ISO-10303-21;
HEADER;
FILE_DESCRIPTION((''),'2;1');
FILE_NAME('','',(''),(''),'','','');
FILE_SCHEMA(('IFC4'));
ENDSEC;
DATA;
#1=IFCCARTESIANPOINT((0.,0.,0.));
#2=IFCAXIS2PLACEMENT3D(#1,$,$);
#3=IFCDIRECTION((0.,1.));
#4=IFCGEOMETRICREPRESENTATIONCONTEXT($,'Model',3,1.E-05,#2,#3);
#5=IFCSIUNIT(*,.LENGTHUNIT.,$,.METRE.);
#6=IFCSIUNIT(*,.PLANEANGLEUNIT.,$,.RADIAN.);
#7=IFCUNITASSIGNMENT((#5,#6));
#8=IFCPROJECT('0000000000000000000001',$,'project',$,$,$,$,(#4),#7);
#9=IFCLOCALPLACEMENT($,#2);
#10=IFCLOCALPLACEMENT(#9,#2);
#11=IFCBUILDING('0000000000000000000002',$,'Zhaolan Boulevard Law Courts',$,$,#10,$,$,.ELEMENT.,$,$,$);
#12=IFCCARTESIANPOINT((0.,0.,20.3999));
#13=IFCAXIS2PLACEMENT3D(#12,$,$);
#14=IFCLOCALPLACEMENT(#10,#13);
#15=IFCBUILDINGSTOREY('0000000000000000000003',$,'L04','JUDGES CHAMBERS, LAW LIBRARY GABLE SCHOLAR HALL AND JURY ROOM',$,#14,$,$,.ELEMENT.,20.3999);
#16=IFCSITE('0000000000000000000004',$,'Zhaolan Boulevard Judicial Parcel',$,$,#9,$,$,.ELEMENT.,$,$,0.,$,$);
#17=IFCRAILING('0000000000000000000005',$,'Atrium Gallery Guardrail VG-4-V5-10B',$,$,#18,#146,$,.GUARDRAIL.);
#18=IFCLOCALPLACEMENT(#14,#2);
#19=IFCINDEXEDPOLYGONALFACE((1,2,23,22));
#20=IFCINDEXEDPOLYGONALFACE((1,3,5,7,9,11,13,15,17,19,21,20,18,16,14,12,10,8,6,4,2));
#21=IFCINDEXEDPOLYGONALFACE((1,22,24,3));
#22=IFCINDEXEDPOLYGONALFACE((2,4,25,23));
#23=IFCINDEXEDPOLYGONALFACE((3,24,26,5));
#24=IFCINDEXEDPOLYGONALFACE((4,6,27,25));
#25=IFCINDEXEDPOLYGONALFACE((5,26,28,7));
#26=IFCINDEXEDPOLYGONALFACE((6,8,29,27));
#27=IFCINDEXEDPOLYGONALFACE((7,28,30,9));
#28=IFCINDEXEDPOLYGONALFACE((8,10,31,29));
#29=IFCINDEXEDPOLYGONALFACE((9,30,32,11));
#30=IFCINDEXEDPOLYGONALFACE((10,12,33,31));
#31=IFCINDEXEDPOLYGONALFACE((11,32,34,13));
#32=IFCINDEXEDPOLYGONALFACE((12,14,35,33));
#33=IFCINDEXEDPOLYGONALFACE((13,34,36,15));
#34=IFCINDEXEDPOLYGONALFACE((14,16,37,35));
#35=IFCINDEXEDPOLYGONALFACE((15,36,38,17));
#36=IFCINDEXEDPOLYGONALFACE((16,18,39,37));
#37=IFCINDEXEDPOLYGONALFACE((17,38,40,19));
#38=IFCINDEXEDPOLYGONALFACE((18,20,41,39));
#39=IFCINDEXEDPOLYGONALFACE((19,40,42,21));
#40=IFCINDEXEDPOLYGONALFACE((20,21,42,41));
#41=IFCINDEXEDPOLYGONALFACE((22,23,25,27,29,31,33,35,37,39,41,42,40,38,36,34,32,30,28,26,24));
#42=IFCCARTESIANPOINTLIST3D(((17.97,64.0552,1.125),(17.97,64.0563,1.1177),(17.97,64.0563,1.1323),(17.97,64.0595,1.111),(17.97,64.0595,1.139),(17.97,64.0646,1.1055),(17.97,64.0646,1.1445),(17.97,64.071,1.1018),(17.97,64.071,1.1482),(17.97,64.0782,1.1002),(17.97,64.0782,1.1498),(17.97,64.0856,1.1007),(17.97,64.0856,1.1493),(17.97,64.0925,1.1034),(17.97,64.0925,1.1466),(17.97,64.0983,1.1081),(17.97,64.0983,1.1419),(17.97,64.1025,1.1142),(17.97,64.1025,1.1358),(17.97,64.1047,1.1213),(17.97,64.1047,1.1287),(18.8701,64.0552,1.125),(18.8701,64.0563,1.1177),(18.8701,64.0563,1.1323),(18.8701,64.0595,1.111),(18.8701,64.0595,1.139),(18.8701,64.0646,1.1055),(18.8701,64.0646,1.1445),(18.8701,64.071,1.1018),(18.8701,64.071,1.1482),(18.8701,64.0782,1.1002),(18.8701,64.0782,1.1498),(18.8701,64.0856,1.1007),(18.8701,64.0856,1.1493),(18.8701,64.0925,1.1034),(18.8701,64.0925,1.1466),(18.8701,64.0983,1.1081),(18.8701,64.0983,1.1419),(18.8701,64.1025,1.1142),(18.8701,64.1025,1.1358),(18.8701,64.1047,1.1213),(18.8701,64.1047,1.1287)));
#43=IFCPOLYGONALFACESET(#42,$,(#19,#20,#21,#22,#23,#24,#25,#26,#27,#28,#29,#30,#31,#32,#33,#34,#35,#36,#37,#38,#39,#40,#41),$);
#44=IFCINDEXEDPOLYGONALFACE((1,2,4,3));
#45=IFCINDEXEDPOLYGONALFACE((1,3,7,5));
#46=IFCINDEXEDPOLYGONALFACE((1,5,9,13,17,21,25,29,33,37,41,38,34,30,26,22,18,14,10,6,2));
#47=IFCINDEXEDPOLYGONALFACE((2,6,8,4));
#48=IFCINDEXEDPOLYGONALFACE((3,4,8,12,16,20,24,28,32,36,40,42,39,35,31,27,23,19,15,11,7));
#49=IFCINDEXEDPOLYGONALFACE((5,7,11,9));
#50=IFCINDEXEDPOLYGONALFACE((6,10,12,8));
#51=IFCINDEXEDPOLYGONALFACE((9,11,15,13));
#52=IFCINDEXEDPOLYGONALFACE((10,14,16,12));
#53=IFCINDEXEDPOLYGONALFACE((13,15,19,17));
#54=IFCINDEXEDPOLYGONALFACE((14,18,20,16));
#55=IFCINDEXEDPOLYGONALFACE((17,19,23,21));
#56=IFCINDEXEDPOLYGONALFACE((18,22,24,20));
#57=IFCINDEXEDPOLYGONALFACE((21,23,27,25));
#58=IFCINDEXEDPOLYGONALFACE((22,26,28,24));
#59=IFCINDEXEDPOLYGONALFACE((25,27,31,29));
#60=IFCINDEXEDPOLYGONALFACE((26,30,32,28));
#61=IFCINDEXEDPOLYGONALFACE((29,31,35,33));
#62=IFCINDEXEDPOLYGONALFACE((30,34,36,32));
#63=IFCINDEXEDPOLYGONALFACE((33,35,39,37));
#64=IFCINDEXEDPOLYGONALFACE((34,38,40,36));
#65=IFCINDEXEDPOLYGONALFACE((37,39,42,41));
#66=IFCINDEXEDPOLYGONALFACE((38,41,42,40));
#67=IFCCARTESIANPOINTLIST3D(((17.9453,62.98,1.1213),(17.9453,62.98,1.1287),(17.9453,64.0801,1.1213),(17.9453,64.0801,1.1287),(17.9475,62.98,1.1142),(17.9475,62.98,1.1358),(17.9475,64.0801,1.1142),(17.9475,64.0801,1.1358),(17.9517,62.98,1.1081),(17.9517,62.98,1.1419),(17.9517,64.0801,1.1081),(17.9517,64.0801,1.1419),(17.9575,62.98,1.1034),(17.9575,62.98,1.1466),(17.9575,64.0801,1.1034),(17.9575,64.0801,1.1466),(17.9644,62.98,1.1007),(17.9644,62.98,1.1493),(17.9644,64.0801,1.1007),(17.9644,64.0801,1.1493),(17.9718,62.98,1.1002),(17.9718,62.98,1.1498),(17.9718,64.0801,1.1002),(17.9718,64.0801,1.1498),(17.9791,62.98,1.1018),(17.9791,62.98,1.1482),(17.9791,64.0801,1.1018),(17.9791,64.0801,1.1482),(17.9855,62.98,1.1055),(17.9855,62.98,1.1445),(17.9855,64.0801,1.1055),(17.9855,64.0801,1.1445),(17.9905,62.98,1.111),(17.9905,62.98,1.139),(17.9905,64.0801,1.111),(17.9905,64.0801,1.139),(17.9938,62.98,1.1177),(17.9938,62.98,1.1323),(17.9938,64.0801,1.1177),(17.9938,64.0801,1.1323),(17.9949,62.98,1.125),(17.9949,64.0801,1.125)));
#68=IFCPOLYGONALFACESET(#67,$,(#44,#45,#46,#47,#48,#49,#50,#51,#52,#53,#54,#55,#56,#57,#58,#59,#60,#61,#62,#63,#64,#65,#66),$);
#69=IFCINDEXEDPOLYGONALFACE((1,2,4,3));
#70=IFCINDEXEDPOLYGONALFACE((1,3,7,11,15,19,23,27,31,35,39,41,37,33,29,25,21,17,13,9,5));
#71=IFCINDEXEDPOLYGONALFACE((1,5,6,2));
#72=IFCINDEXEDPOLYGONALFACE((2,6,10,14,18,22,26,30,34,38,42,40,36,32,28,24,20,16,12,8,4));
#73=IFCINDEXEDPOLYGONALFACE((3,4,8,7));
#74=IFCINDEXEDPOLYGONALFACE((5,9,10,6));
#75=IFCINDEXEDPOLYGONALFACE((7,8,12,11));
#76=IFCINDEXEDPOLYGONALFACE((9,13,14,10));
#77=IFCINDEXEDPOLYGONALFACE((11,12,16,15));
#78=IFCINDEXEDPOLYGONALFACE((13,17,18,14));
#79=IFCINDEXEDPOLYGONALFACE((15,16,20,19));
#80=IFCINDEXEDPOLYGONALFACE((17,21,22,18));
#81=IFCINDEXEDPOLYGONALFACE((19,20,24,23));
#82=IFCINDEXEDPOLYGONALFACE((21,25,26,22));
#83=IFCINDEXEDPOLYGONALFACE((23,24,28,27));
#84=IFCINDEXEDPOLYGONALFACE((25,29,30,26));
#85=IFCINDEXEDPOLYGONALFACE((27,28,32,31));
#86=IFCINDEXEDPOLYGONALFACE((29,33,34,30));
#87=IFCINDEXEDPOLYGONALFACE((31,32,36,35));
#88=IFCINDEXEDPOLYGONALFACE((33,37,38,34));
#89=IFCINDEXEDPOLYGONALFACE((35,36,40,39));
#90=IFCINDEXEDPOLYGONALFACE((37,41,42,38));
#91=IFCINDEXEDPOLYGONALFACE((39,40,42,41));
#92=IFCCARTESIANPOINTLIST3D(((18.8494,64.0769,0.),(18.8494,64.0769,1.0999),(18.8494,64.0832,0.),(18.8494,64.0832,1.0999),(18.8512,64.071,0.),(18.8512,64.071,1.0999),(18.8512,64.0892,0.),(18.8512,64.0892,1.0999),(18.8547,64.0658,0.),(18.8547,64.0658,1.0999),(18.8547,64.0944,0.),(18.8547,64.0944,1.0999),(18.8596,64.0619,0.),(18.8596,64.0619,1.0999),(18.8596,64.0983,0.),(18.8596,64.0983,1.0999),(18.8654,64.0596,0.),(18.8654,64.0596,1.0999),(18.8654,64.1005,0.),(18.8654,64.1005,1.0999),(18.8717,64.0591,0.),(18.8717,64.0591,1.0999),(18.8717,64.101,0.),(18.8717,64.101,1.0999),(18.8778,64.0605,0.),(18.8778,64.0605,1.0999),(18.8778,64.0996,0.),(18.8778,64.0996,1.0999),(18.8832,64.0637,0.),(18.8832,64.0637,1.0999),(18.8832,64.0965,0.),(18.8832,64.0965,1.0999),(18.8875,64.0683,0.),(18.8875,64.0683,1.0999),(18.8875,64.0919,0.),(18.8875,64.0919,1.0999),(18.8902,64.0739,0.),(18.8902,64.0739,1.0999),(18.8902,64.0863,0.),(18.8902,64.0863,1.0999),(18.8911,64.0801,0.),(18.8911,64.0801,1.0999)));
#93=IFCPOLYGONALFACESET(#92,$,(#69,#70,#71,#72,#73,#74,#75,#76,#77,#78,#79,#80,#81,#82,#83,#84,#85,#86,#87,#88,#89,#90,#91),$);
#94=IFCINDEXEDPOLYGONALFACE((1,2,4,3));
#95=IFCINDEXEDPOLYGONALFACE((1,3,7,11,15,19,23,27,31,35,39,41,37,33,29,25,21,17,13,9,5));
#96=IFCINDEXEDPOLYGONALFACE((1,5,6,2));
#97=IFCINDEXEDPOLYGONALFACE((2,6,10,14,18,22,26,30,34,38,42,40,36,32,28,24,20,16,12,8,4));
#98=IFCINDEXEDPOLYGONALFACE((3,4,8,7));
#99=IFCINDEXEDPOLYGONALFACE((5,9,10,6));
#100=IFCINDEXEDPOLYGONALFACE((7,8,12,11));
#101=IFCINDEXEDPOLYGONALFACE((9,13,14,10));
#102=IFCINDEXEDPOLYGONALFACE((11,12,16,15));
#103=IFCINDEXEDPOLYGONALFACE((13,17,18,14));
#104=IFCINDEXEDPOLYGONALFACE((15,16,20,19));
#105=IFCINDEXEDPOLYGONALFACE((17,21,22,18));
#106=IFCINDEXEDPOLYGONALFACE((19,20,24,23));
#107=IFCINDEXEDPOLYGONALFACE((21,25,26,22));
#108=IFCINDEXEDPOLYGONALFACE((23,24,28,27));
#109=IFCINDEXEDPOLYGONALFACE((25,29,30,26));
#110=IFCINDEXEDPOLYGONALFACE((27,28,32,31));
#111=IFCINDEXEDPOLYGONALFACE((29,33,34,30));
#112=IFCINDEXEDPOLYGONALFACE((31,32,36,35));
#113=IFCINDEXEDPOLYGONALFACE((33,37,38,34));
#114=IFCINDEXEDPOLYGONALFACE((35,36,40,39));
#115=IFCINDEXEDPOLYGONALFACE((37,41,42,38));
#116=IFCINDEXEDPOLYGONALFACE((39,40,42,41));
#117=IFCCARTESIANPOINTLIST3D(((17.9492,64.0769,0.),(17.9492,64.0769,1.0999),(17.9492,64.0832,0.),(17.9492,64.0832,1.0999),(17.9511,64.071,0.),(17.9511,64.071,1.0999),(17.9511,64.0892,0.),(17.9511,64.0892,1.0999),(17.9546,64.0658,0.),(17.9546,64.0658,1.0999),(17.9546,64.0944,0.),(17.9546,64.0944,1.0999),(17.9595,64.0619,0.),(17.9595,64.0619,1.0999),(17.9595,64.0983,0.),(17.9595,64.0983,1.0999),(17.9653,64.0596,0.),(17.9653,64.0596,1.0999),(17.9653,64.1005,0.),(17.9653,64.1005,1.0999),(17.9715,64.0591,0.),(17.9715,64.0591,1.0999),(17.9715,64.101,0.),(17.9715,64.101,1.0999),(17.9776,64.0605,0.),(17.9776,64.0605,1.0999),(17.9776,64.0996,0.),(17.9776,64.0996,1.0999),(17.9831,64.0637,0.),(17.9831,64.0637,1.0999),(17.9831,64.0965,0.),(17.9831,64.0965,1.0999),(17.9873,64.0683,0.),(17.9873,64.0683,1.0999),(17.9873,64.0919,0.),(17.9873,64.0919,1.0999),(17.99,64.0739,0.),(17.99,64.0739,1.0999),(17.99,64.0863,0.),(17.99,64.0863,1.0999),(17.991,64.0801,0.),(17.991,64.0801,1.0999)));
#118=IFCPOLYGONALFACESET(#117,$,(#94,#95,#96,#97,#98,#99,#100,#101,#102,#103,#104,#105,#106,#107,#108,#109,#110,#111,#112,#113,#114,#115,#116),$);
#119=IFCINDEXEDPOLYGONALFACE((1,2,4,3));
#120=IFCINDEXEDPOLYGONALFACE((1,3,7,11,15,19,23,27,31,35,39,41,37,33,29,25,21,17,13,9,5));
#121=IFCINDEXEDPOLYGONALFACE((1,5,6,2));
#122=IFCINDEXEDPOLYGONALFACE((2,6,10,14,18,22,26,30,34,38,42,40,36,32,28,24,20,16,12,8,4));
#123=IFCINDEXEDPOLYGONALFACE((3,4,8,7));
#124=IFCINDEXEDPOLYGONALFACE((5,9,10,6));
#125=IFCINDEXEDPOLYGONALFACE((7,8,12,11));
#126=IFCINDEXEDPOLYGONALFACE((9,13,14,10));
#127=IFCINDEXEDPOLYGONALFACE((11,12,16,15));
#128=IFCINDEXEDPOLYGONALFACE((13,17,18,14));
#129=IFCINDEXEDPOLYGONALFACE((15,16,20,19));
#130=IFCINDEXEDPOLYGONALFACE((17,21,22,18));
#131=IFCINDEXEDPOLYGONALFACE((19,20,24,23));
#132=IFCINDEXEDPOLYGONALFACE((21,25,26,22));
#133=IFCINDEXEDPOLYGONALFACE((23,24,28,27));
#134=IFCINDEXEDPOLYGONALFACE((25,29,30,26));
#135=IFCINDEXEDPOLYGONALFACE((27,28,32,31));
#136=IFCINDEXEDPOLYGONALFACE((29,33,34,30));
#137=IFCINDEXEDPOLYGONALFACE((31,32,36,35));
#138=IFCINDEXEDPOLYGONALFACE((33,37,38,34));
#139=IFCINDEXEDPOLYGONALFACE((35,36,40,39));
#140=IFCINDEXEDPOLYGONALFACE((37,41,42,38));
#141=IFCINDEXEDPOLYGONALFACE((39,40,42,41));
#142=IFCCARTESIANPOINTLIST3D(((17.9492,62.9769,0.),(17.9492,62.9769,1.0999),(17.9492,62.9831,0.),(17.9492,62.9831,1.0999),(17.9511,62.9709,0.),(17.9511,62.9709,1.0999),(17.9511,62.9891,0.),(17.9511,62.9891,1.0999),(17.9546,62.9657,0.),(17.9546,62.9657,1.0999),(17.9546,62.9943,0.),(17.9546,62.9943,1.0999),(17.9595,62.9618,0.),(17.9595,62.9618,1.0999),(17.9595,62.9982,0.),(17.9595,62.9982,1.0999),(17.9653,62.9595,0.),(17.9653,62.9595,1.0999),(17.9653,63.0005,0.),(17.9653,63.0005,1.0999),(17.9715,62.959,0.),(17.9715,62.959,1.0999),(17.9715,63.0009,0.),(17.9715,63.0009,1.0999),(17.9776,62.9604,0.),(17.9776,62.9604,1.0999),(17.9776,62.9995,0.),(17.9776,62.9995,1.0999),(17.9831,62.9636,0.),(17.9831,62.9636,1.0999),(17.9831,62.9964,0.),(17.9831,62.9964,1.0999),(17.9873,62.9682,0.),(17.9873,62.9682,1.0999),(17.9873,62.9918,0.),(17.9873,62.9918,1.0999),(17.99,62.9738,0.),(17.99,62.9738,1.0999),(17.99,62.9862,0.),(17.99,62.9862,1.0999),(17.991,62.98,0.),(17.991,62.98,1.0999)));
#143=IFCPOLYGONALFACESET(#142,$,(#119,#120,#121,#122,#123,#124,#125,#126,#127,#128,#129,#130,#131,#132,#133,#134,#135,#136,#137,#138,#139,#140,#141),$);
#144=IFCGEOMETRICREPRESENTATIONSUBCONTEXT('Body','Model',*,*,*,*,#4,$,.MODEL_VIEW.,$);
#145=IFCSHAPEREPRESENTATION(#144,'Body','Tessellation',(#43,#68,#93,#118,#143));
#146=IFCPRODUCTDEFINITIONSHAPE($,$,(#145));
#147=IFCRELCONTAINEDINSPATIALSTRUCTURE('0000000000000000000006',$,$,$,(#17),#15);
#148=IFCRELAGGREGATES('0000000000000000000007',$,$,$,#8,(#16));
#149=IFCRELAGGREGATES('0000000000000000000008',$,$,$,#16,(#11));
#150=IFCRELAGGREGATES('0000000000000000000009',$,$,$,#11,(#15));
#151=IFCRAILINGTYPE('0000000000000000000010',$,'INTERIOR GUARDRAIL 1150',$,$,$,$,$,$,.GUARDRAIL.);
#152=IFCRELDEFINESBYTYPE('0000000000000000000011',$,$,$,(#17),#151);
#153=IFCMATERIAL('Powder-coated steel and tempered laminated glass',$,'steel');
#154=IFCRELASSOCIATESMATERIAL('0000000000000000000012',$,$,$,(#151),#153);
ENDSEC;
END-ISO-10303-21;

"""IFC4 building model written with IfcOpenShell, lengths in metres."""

from ifc_helpers import new_model, si_unit, direction, frame, origin, origin_2d, place, context, subcontext, project, spatial, circle, extrude, material, type_object, element, save


model = new_model("IFC4")

# Units and contexts
model_context = context("Model", 3, precision=1e-05, world=origin(), true_north=direction((0.0, 1.0)))
body_context = subcontext(model_context, "Body", "Model", "MODEL_VIEW")
ifc_project = project(units=[si_unit("LENGTHUNIT", "METRE"), si_unit("PLANEANGLEUNIT", "RADIAN")], contexts=[model_context])

# Site, building, storey
site_placement = place(None, origin())
site = spatial("IfcSite", under=ifc_project, at=site_placement, Name="Zhaolan Boulevard Judicial Parcel", CompositionType="ELEMENT", RefElevation=0.0)
building_placement = place(site_placement, origin())
building = spatial("IfcBuilding", under=site, at=building_placement, Name="Zhaolan Boulevard Law Courts", CompositionType="ELEMENT")
storey_placement = place(building_placement, frame((0.0, 0.0, 20.3999)))
storey = spatial("IfcBuildingStorey", under=building, at=storey_placement, Name="L04", Description="JUDGES CHAMBERS, LAW LIBRARY GABLE SCHOLAR HALL AND JURY ROOM", CompositionType="ELEMENT", Elevation=20.3999)

# Railing
ifc_material_1 = material(Name="Powder-coated steel and tempered laminated glass", Category="steel")
railing_type_1 = type_object("IfcRailingType", Name="INTERIOR GUARDRAIL 1150", PredefinedType="GUARDRAIL", material=ifc_material_1)
railing_1_placement = place(storey_placement, frame((18.8701, 64.0801, 0.0)))
element("IfcRailing", 1, at=railing_1_placement, inside=storey, type_object=railing_type_1, Name="Atrium Gallery Guardrail VG-4-V5-10B", PredefinedType="GUARDRAIL", context=body_context, shape_type="SweptSolid", body=[
    extrude(circle(Radius=0.0249, at=origin_2d()), frame((0.0, 0.0, 1.125), z_axis=(-1.0, 0.0, 0.0), x_axis=(0.0, -1.0, 0.0)), (0.0, 0.0, 1.0), 0.9001),
    extrude(circle(Radius=0.0249, at=origin_2d()), frame((-0.9001, 0.0, 1.125), z_axis=(0.0, -1.0, 0.0), x_axis=(1.0, 0.0, 0.0)), (0.0, 0.0, 1.0), 1.1001),
    extrude(circle(Radius=0.021, at=origin_2d()), origin(), (0.0, 0.0, 1.0), 1.0999),
    extrude(circle(Radius=0.021, at=origin_2d()), frame((-0.9001, 0.0, 0.0)), (0.0, 0.0, 1.0), 1.0999),
    extrude(circle(Radius=0.021, at=origin_2d()), frame((-0.9001, -1.1001, 0.0)), (0.0, 0.0, 1.0), 1.0999),
])

save(model, "model.ifc")
